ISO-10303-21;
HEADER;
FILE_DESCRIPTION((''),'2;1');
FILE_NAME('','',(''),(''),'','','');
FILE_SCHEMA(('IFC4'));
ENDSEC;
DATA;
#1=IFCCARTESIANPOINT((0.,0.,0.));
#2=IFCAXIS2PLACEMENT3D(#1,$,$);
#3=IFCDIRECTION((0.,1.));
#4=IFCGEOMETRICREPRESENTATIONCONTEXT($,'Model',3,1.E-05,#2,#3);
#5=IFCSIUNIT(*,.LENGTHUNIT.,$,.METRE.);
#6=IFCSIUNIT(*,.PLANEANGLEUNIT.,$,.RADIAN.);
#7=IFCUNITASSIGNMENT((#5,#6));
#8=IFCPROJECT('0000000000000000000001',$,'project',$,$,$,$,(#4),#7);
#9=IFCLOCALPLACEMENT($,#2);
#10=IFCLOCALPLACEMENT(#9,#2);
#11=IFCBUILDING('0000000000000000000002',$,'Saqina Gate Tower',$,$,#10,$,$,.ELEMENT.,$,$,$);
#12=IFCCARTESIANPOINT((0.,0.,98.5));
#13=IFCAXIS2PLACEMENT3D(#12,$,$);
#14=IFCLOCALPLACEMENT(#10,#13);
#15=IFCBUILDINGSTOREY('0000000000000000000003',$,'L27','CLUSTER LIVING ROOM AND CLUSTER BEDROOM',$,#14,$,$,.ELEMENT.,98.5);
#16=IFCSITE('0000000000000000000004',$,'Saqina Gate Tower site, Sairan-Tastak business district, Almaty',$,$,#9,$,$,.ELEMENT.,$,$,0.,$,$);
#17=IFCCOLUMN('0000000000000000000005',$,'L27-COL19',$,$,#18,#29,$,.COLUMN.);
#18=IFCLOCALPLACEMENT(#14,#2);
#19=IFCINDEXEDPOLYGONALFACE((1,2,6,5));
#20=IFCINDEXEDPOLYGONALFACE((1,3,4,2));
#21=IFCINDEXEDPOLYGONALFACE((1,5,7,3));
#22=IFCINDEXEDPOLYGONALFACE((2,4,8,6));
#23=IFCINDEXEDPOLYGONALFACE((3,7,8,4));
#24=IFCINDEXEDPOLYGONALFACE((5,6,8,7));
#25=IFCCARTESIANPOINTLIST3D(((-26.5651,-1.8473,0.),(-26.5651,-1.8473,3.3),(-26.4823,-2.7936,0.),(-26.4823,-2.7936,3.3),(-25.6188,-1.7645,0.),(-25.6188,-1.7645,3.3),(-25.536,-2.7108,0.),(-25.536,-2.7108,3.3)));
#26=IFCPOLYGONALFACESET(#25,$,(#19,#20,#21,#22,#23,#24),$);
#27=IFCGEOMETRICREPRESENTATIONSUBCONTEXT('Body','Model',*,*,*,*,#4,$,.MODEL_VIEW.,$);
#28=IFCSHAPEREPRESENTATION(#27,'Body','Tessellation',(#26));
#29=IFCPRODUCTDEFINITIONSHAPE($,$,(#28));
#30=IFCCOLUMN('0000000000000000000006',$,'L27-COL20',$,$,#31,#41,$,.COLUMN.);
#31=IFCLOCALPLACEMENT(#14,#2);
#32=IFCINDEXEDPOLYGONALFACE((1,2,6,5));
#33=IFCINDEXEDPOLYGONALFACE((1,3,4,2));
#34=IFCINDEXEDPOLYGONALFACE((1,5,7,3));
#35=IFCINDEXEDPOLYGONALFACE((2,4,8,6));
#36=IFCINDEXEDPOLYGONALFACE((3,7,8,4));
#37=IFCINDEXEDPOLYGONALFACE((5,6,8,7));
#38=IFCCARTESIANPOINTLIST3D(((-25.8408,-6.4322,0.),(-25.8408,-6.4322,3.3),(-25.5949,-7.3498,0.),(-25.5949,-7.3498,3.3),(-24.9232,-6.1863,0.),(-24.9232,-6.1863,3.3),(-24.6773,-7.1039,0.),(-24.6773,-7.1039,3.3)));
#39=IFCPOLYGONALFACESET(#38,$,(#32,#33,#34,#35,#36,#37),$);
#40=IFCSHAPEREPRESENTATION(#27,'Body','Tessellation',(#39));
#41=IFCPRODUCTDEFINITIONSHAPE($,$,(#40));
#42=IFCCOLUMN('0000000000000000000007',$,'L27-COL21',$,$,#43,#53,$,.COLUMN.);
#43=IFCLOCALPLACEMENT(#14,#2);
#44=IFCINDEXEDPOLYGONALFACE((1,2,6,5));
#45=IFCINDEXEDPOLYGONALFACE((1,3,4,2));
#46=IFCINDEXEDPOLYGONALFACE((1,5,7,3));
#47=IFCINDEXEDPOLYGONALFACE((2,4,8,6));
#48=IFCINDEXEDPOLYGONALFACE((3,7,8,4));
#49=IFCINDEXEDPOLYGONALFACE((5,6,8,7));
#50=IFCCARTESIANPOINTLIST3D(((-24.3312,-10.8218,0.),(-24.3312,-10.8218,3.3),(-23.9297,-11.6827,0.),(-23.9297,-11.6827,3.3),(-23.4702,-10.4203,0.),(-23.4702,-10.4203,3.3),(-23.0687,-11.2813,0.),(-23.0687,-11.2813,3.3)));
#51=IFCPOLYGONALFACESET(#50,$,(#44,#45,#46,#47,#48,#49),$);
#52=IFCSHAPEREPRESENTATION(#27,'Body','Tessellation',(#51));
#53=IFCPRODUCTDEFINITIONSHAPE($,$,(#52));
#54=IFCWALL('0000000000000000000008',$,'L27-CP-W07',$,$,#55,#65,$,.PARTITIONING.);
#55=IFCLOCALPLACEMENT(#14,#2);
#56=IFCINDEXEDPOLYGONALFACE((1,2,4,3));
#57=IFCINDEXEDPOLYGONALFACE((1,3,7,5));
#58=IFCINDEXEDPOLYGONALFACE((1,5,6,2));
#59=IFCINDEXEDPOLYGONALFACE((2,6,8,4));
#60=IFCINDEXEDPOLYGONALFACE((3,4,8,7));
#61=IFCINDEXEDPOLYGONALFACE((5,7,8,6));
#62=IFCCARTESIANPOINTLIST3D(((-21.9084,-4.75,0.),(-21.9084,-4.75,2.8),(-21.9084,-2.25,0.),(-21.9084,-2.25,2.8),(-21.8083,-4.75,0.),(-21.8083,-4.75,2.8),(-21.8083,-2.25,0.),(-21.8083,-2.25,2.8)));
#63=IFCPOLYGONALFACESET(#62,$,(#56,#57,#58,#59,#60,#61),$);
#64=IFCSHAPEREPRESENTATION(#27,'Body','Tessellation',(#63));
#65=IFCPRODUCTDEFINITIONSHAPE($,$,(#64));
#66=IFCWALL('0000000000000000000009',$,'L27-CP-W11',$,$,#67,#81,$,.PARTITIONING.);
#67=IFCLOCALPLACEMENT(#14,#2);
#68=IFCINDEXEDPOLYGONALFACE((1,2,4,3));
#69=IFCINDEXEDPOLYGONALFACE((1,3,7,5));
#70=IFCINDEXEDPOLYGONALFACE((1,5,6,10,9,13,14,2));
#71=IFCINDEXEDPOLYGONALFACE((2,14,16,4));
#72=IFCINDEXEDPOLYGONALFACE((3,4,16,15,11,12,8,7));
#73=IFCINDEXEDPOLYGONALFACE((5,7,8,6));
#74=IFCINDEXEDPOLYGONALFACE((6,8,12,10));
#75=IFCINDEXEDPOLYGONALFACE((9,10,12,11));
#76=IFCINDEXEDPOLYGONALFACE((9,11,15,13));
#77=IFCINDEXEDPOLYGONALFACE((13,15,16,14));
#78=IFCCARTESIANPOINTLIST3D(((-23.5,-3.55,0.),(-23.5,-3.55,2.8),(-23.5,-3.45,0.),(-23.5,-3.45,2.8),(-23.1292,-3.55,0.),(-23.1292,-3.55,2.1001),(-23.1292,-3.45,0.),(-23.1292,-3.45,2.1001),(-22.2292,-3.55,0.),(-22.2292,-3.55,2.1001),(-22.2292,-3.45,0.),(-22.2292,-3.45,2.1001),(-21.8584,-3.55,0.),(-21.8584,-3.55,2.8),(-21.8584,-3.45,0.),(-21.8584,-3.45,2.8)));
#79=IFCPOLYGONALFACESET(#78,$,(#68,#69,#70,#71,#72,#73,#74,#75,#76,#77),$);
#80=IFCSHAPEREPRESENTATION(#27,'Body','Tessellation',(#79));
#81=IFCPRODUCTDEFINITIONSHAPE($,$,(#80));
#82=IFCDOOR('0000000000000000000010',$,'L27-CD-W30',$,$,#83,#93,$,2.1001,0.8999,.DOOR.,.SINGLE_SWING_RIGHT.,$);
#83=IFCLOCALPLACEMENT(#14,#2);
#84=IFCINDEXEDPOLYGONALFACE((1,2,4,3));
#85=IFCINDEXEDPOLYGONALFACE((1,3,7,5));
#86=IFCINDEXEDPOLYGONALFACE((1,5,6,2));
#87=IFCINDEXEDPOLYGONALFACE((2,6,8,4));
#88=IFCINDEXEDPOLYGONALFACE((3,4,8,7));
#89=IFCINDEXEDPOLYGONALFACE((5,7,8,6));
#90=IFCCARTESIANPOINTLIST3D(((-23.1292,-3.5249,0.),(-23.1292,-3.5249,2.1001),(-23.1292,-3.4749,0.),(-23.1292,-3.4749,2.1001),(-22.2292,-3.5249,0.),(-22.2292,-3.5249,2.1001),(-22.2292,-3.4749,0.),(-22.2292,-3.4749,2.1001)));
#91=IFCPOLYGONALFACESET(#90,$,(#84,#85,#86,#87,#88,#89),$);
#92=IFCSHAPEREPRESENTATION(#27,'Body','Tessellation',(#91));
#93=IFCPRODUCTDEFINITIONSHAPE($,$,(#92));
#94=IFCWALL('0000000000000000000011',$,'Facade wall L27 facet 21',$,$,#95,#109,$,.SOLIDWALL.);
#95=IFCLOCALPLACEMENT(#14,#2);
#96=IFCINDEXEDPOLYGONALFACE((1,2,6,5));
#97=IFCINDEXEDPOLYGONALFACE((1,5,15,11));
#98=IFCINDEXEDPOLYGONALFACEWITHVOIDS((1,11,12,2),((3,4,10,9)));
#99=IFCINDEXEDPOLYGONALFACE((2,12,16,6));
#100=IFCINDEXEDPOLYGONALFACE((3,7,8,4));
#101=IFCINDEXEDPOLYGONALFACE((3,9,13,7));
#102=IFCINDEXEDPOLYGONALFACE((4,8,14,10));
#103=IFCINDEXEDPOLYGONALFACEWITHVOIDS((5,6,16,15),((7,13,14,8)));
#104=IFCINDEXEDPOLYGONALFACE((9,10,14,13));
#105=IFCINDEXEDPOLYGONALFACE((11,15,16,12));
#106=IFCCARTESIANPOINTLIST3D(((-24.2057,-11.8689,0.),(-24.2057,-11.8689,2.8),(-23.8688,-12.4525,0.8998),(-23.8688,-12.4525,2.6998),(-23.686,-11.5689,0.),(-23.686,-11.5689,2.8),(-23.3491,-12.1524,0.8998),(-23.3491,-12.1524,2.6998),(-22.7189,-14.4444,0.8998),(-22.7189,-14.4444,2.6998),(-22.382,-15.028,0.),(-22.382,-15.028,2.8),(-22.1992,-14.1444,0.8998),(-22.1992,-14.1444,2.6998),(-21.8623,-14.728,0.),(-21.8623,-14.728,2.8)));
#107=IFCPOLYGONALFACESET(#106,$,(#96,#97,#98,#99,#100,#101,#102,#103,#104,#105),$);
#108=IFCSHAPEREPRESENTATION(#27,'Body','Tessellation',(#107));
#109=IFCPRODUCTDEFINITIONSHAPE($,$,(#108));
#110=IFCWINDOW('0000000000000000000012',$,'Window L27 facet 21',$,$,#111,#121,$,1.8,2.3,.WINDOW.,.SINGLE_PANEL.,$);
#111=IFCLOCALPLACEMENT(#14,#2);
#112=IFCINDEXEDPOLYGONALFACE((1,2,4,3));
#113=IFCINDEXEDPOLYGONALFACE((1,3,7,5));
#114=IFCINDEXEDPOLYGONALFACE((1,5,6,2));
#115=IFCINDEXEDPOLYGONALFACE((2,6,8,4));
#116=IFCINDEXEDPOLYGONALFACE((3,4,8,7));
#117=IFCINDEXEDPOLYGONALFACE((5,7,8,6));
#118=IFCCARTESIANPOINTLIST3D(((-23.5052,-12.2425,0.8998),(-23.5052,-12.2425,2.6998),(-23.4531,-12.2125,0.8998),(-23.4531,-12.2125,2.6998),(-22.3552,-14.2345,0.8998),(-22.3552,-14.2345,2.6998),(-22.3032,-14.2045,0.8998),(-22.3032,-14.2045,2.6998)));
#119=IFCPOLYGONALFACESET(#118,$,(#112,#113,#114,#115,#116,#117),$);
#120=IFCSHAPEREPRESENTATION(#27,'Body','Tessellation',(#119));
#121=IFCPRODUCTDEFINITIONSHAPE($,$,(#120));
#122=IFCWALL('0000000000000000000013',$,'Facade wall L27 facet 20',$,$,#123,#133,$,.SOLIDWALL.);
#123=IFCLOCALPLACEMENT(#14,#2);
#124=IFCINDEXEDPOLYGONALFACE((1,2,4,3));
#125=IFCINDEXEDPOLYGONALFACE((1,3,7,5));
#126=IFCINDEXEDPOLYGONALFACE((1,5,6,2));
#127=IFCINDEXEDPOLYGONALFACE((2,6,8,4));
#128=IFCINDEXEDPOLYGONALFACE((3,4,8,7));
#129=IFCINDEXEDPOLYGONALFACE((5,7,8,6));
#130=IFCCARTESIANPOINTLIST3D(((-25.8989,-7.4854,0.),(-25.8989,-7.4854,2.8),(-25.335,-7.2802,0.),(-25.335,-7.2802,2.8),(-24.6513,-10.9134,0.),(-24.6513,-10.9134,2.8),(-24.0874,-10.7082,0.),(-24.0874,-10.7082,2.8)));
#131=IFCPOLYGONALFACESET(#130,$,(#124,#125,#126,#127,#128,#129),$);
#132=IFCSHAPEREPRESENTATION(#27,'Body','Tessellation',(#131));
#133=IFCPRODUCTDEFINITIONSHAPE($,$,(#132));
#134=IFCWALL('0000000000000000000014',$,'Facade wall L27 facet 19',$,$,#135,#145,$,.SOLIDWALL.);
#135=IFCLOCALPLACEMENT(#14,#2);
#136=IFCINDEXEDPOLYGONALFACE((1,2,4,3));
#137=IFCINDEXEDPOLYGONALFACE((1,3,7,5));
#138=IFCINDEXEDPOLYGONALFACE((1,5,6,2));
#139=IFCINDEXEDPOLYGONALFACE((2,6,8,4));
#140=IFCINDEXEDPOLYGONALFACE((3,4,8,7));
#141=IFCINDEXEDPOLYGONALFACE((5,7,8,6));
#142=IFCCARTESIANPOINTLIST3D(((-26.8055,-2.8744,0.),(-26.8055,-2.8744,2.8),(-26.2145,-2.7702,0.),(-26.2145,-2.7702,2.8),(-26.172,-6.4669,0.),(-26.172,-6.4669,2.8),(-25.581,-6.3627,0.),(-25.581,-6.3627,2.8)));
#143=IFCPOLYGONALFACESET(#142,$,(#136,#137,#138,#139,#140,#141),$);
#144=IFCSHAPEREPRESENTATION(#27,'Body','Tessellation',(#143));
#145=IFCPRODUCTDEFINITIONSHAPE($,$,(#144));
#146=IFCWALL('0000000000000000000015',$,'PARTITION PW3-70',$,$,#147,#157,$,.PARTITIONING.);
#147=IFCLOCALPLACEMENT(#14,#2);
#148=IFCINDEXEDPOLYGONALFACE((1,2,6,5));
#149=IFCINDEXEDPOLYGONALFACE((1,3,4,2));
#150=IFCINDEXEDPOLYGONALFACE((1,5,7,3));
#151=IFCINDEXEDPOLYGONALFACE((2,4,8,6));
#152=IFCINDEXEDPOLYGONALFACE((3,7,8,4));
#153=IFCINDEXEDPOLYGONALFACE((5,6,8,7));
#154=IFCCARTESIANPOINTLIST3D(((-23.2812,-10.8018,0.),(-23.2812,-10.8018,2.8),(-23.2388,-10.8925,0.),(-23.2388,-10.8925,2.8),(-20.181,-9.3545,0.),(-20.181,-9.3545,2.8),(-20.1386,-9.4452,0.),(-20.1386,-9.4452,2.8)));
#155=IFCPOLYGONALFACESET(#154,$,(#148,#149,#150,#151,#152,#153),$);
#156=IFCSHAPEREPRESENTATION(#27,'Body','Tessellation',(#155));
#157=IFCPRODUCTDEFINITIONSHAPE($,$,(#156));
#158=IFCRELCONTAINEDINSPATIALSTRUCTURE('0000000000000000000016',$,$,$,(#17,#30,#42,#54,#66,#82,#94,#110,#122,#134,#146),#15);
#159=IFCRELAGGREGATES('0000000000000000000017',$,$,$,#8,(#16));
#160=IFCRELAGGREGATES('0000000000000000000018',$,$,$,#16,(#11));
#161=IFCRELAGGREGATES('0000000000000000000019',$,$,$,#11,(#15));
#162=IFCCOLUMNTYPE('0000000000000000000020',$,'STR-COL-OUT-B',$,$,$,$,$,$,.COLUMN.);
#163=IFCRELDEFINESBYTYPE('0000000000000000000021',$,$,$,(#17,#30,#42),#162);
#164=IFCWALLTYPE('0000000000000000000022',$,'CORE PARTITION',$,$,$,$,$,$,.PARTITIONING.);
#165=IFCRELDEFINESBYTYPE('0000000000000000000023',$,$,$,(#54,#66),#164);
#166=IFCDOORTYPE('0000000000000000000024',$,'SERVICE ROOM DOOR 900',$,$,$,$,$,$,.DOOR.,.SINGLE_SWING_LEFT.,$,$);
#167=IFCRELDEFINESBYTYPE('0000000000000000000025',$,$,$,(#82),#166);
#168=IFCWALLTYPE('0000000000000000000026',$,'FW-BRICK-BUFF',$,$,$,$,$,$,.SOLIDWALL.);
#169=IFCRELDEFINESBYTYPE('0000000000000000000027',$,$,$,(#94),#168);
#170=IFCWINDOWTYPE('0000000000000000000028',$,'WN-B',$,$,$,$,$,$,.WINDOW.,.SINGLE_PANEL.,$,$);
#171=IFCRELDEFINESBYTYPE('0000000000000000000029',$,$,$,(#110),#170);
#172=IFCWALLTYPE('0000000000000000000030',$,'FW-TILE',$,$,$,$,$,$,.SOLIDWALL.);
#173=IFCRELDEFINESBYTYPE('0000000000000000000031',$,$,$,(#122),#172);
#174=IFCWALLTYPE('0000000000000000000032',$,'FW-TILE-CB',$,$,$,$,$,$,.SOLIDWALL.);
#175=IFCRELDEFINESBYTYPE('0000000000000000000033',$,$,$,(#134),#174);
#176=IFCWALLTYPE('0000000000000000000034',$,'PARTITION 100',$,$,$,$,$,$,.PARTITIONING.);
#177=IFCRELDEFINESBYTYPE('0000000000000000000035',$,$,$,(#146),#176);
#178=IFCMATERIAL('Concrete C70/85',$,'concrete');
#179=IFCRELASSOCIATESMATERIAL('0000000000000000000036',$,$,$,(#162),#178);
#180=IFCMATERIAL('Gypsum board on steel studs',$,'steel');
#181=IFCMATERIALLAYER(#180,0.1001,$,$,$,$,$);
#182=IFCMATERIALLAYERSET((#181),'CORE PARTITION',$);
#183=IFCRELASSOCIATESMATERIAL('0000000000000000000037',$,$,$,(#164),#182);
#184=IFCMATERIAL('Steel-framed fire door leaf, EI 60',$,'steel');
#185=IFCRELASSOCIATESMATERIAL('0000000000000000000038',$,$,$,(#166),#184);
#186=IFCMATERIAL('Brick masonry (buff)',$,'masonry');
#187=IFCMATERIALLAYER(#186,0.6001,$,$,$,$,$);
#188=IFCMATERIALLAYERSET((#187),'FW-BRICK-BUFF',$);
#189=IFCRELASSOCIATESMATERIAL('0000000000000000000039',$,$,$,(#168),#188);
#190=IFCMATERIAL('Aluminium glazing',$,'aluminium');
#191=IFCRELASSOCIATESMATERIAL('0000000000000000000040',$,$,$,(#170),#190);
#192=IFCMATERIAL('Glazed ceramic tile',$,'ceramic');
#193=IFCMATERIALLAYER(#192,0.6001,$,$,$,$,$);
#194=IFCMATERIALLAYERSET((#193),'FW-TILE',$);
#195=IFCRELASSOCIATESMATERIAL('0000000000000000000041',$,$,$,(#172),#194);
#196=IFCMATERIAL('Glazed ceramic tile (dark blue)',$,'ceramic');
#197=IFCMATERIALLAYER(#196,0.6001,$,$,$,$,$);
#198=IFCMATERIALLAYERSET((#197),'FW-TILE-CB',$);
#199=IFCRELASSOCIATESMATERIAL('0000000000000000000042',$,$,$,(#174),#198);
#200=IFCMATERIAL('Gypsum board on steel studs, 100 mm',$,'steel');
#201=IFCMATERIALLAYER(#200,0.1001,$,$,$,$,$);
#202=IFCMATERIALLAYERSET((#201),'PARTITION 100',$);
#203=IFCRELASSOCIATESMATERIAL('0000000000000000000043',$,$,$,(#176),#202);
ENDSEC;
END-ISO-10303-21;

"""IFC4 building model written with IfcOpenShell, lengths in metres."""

from ifc_helpers import new_model, si_unit, direction, frame, frame_2d, origin, origin_2d, place, context, subcontext, project, spatial, rectangle, extrude, material, layer, layer_set, material_profile, profile_set, type_object, element, fill, save


model = new_model("IFC4")

# Units and contexts
model_context = context("Model", 3, precision=1e-05, world=origin(), true_north=direction((0.0, 1.0)))
body_context = subcontext(model_context, "Body", "Model", "MODEL_VIEW")
ifc_project = project(units=[si_unit("LENGTHUNIT", "METRE"), si_unit("PLANEANGLEUNIT", "RADIAN")], contexts=[model_context])

# Site, building, storey
site_placement = place(None, origin())
site = spatial("IfcSite", under=ifc_project, at=site_placement, Name="Saqina Gate Tower site, Sairan-Tastak business district, Almaty", CompositionType="ELEMENT", RefElevation=0.0)
building_placement = place(site_placement, origin())
building = spatial("IfcBuilding", under=site, at=building_placement, Name="Saqina Gate Tower", CompositionType="ELEMENT")
storey_placement = place(building_placement, frame((0.0, 0.0, 98.5)))
storey = spatial("IfcBuildingStorey", under=building, at=storey_placement, Name="L27", Description="CLUSTER LIVING ROOM AND CLUSTER BEDROOM", CompositionType="ELEMENT", Elevation=98.5)

# Columns
ifc_material_1 = material(Name="Concrete C70/85", Category="concrete")
ifc_material_profile = material_profile(ifc_material_1, rectangle(XDim=0.95, YDim=0.95, at=origin_2d()), Name="RC 950x950")
ifc_profile_set = profile_set([ifc_material_profile], Name="Concrete C70/85")
column_type = type_object("IfcColumnType", Name="STR-COL-OUT-B", PredefinedType="COLUMN", material=ifc_profile_set)
for number, where, z_axis, x_axis, name in (
    (1, (-26.0505, -2.2791, 0.0), (0.0, 0.0, 1.0), (-0.996195, -0.087156, 0.0), "L27-COL19"),
    (2, (-25.259, -6.7681, 0.0), (0.0, 0.0, 1.0), (-0.965926, -0.258819, 0.0), "L27-COL20"),
    (3, (-23.7, -11.0515, 0.0), (0.0, 0.0, 1.0), (-0.906308, -0.422618, 0.0), "L27-COL21"),
):
    element("IfcColumn", number, at=place(storey_placement, frame(where, z_axis=z_axis, x_axis=x_axis)), inside=storey, type_object=column_type, Name=name, PredefinedType="COLUMN", context=body_context, shape_type="SweptSolid", body=[
        extrude(rectangle(XDim=0.95, YDim=0.95, at=origin_2d()), origin(), (0.0, 0.0, 1.0), 3.3),
    ])

# Wall
ifc_material_2 = material(Name="Gypsum board on steel studs", Category="steel")
ifc_layer_1 = layer(ifc_material_2, 0.1001)
ifc_layer_set_1 = layer_set([ifc_layer_1], Name="CORE PARTITION")
wall_type_1 = type_object("IfcWallType", Name="CORE PARTITION", PredefinedType="PARTITIONING", material=ifc_layer_set_1)
wall_1_placement = place(storey_placement, frame((-21.8584, -4.75, 0.0), z_axis=(0.0, 0.0, 1.0), x_axis=(0.0, 1.0, 0.0)))
element("IfcWall", 4, at=wall_1_placement, inside=storey, type_object=wall_type_1, Name="L27-CP-W07", PredefinedType="PARTITIONING", context=body_context, shape_type="SweptSolid", body=[
    extrude(rectangle(XDim=2.5, YDim=0.1001, at=frame_2d((1.25, 0.0))), origin(), (0.0, 0.0, 1.0), 2.8),
])

# Wall, opening, door
wall_2_placement = place(storey_placement, frame((-21.8584, -3.5, 0.0), z_axis=(0.0, 0.0, 1.0), x_axis=(-1.0, 0.0, 0.0)))
wall_2 = element("IfcWall", 5, at=wall_2_placement, inside=storey, type_object=wall_type_1, Name="L27-CP-W11", PredefinedType="PARTITIONING", context=body_context, shape_type="SweptSolid", body=[
    extrude(rectangle(XDim=1.6416, YDim=0.1001, at=frame_2d((0.8208, 0.0))), origin(), (0.0, 0.0, 1.0), 2.8),
])
opening_1_placement = place(wall_2_placement, frame((0.3708, 0.0, 0.0)))
opening_1 = element("IfcOpeningElement", 6, at=opening_1_placement, cuts=wall_2, PredefinedType="OPENING", context=body_context, shape_type="SweptSolid", body=[
    extrude(rectangle(XDim=0.8999, YDim=2.1001, at=frame_2d((0.45, 1.05))), frame((0.0, 0.062, 0.0), z_axis=(0.0, -1.0, 0.0), x_axis=(1.0, 0.0, 0.0)), (0.0, 0.0, 1.0), 0.124),
])
ifc_material_3 = material(Name="Steel-framed fire door leaf, EI 60", Category="steel")
door_type_1 = type_object("IfcDoorType", Name="SERVICE ROOM DOOR 900", OperationType="SINGLE_SWING_LEFT", PredefinedType="DOOR", material=ifc_material_3)
door_1_placement = place(opening_1_placement, origin())
door_1 = element("IfcDoor", 7, at=door_1_placement, inside=storey, type_object=door_type_1, Name="L27-CD-W30", OperationType="SINGLE_SWING_RIGHT", OverallHeight=2.1001, OverallWidth=0.8999, PredefinedType="DOOR", context=body_context, shape_type="SweptSolid", body=[
    extrude(rectangle(XDim=0.8999, YDim=2.1001, at=frame_2d((0.45, 1.05))), frame((0.0, 0.0249, 0.0), z_axis=(0.0, -1.0, 0.0), x_axis=(1.0, 0.0, 0.0)), (0.0, 0.0, 1.0), 0.05),
])
fill(opening_1, door_1)

# Wall, opening, window
ifc_material_4 = material(Name="Brick masonry (buff)", Category="masonry")
ifc_layer_2 = layer(ifc_material_4, 0.6001)
ifc_layer_set_2 = layer_set([ifc_layer_2], Name="FW-BRICK-BUFF")
wall_type_2 = type_object("IfcWallType", Name="FW-BRICK-BUFF", PredefinedType="SOLIDWALL", material=ifc_layer_set_2)
wall_3_placement = place(storey_placement, frame((-23.9458, -11.719, 0.0), z_axis=(0.0, 0.0, 1.0), x_axis=(0.499954, -0.866052, 0.0)))
wall_3 = element("IfcWall", 8, at=wall_3_placement, inside=storey, type_object=wall_type_2, Name="Facade wall L27 facet 21", PredefinedType="SOLIDWALL", context=body_context, shape_type="SweptSolid", body=[
    extrude(rectangle(XDim=3.6477, YDim=0.6001, at=frame_2d((1.8237, 0.0))), origin(), (0.0, 0.0, 1.0), 2.8),
])
opening_2_placement = place(wall_3_placement, frame((0.6738, 0.0, 0.8999)))
opening_2 = element("IfcOpeningElement", 9, at=opening_2_placement, cuts=wall_3, PredefinedType="OPENING", context=body_context, shape_type="SweptSolid", body=[
    extrude(rectangle(XDim=2.3, YDim=1.8, at=frame_2d((1.1499, 0.8999))), frame((0.0, 0.312, 0.0), z_axis=(0.0, -1.0, 0.0), x_axis=(1.0, 0.0, 0.0)), (0.0, 0.0, 1.0), 0.624),
])
ifc_material_5 = material(Name="Aluminium glazing", Category="aluminium")
window_type = type_object("IfcWindowType", Name="WN-B", PartitioningType="SINGLE_PANEL", PredefinedType="WINDOW", material=ifc_material_5)
window_placement = place(opening_2_placement, origin())
window = element("IfcWindow", 10, at=window_placement, inside=storey, type_object=window_type, Name="Window L27 facet 21", OverallHeight=1.8, OverallWidth=2.3, PartitioningType="SINGLE_PANEL", PredefinedType="WINDOW", context=body_context, shape_type="SweptSolid", body=[
    extrude(rectangle(XDim=2.3, YDim=1.8, at=frame_2d((1.1499, 0.8999))), frame((0.0, 0.1799, 0.0), z_axis=(0.0, -1.0, 0.0), x_axis=(1.0, 0.0, 0.0)), (0.0, 0.0, 1.0), 0.0601),
])
fill(opening_2, window)

# Walls
ifc_material_6 = material(Name="Glazed ceramic tile", Category="ceramic")
ifc_layer_3 = layer(ifc_material_6, 0.6001)
ifc_layer_set_3 = layer_set([ifc_layer_3], Name="FW-TILE")
wall_type_3 = type_object("IfcWallType", Name="FW-TILE", PredefinedType="SOLIDWALL", material=ifc_layer_set_3)
wall_4_placement = place(storey_placement, frame((-25.6169, -7.3828, 0.0), z_axis=(0.0, 0.0, 1.0), x_axis=(0.34199, -0.939704, 0.0)))
element("IfcWall", 11, at=wall_4_placement, inside=storey, type_object=wall_type_3, Name="Facade wall L27 facet 20", PredefinedType="SOLIDWALL", context=body_context, shape_type="SweptSolid", body=[
    extrude(rectangle(XDim=3.6479, YDim=0.6001, at=frame_2d((1.824, 0.0))), origin(), (0.0, 0.0, 1.0), 2.8),
])
ifc_material_7 = material(Name="Glazed ceramic tile (dark blue)", Category="ceramic")
ifc_layer_4 = layer(ifc_material_7, 0.6001)
ifc_layer_set_4 = layer_set([ifc_layer_4], Name="FW-TILE-CB")
wall_type_4 = type_object("IfcWallType", Name="FW-TILE-CB", PredefinedType="SOLIDWALL", material=ifc_layer_set_4)
wall_5_placement = place(storey_placement, frame((-26.51, -2.8223, 0.0), z_axis=(0.0, 0.0, 1.0), x_axis=(0.173671, -0.984804, 0.0)))
element("IfcWall", 12, at=wall_5_placement, inside=storey, type_object=wall_type_4, Name="Facade wall L27 facet 19", PredefinedType="SOLIDWALL", context=body_context, shape_type="SweptSolid", body=[
    extrude(rectangle(XDim=3.6479, YDim=0.6001, at=frame_2d((1.824, 0.0))), origin(), (0.0, 0.0, 1.0), 2.8),
])
ifc_material_8 = material(Name="Gypsum board on steel studs, 100 mm", Category="steel")
ifc_layer_5 = layer(ifc_material_8, 0.1001)
ifc_layer_set_5 = layer_set([ifc_layer_5], Name="PARTITION 100")
wall_type_5 = type_object("IfcWallType", Name="PARTITION 100", PredefinedType="PARTITIONING", material=ifc_layer_set_5)
wall_6_placement = place(storey_placement, frame((-23.26, -10.8472, 0.0), z_axis=(0.0, 0.0, 1.0), x_axis=(0.906121, 0.423018, 0.0)))
element("IfcWall", 13, at=wall_6_placement, inside=storey, type_object=wall_type_5, Name="PARTITION PW3-70", PredefinedType="PARTITIONING", context=body_context, shape_type="SweptSolid", body=[
    extrude(rectangle(XDim=3.4214, YDim=0.1001, at=frame_2d((1.7107, 0.0))), origin(), (0.0, 0.0, 1.0), 2.8),
])

save(model, "model.ifc")
